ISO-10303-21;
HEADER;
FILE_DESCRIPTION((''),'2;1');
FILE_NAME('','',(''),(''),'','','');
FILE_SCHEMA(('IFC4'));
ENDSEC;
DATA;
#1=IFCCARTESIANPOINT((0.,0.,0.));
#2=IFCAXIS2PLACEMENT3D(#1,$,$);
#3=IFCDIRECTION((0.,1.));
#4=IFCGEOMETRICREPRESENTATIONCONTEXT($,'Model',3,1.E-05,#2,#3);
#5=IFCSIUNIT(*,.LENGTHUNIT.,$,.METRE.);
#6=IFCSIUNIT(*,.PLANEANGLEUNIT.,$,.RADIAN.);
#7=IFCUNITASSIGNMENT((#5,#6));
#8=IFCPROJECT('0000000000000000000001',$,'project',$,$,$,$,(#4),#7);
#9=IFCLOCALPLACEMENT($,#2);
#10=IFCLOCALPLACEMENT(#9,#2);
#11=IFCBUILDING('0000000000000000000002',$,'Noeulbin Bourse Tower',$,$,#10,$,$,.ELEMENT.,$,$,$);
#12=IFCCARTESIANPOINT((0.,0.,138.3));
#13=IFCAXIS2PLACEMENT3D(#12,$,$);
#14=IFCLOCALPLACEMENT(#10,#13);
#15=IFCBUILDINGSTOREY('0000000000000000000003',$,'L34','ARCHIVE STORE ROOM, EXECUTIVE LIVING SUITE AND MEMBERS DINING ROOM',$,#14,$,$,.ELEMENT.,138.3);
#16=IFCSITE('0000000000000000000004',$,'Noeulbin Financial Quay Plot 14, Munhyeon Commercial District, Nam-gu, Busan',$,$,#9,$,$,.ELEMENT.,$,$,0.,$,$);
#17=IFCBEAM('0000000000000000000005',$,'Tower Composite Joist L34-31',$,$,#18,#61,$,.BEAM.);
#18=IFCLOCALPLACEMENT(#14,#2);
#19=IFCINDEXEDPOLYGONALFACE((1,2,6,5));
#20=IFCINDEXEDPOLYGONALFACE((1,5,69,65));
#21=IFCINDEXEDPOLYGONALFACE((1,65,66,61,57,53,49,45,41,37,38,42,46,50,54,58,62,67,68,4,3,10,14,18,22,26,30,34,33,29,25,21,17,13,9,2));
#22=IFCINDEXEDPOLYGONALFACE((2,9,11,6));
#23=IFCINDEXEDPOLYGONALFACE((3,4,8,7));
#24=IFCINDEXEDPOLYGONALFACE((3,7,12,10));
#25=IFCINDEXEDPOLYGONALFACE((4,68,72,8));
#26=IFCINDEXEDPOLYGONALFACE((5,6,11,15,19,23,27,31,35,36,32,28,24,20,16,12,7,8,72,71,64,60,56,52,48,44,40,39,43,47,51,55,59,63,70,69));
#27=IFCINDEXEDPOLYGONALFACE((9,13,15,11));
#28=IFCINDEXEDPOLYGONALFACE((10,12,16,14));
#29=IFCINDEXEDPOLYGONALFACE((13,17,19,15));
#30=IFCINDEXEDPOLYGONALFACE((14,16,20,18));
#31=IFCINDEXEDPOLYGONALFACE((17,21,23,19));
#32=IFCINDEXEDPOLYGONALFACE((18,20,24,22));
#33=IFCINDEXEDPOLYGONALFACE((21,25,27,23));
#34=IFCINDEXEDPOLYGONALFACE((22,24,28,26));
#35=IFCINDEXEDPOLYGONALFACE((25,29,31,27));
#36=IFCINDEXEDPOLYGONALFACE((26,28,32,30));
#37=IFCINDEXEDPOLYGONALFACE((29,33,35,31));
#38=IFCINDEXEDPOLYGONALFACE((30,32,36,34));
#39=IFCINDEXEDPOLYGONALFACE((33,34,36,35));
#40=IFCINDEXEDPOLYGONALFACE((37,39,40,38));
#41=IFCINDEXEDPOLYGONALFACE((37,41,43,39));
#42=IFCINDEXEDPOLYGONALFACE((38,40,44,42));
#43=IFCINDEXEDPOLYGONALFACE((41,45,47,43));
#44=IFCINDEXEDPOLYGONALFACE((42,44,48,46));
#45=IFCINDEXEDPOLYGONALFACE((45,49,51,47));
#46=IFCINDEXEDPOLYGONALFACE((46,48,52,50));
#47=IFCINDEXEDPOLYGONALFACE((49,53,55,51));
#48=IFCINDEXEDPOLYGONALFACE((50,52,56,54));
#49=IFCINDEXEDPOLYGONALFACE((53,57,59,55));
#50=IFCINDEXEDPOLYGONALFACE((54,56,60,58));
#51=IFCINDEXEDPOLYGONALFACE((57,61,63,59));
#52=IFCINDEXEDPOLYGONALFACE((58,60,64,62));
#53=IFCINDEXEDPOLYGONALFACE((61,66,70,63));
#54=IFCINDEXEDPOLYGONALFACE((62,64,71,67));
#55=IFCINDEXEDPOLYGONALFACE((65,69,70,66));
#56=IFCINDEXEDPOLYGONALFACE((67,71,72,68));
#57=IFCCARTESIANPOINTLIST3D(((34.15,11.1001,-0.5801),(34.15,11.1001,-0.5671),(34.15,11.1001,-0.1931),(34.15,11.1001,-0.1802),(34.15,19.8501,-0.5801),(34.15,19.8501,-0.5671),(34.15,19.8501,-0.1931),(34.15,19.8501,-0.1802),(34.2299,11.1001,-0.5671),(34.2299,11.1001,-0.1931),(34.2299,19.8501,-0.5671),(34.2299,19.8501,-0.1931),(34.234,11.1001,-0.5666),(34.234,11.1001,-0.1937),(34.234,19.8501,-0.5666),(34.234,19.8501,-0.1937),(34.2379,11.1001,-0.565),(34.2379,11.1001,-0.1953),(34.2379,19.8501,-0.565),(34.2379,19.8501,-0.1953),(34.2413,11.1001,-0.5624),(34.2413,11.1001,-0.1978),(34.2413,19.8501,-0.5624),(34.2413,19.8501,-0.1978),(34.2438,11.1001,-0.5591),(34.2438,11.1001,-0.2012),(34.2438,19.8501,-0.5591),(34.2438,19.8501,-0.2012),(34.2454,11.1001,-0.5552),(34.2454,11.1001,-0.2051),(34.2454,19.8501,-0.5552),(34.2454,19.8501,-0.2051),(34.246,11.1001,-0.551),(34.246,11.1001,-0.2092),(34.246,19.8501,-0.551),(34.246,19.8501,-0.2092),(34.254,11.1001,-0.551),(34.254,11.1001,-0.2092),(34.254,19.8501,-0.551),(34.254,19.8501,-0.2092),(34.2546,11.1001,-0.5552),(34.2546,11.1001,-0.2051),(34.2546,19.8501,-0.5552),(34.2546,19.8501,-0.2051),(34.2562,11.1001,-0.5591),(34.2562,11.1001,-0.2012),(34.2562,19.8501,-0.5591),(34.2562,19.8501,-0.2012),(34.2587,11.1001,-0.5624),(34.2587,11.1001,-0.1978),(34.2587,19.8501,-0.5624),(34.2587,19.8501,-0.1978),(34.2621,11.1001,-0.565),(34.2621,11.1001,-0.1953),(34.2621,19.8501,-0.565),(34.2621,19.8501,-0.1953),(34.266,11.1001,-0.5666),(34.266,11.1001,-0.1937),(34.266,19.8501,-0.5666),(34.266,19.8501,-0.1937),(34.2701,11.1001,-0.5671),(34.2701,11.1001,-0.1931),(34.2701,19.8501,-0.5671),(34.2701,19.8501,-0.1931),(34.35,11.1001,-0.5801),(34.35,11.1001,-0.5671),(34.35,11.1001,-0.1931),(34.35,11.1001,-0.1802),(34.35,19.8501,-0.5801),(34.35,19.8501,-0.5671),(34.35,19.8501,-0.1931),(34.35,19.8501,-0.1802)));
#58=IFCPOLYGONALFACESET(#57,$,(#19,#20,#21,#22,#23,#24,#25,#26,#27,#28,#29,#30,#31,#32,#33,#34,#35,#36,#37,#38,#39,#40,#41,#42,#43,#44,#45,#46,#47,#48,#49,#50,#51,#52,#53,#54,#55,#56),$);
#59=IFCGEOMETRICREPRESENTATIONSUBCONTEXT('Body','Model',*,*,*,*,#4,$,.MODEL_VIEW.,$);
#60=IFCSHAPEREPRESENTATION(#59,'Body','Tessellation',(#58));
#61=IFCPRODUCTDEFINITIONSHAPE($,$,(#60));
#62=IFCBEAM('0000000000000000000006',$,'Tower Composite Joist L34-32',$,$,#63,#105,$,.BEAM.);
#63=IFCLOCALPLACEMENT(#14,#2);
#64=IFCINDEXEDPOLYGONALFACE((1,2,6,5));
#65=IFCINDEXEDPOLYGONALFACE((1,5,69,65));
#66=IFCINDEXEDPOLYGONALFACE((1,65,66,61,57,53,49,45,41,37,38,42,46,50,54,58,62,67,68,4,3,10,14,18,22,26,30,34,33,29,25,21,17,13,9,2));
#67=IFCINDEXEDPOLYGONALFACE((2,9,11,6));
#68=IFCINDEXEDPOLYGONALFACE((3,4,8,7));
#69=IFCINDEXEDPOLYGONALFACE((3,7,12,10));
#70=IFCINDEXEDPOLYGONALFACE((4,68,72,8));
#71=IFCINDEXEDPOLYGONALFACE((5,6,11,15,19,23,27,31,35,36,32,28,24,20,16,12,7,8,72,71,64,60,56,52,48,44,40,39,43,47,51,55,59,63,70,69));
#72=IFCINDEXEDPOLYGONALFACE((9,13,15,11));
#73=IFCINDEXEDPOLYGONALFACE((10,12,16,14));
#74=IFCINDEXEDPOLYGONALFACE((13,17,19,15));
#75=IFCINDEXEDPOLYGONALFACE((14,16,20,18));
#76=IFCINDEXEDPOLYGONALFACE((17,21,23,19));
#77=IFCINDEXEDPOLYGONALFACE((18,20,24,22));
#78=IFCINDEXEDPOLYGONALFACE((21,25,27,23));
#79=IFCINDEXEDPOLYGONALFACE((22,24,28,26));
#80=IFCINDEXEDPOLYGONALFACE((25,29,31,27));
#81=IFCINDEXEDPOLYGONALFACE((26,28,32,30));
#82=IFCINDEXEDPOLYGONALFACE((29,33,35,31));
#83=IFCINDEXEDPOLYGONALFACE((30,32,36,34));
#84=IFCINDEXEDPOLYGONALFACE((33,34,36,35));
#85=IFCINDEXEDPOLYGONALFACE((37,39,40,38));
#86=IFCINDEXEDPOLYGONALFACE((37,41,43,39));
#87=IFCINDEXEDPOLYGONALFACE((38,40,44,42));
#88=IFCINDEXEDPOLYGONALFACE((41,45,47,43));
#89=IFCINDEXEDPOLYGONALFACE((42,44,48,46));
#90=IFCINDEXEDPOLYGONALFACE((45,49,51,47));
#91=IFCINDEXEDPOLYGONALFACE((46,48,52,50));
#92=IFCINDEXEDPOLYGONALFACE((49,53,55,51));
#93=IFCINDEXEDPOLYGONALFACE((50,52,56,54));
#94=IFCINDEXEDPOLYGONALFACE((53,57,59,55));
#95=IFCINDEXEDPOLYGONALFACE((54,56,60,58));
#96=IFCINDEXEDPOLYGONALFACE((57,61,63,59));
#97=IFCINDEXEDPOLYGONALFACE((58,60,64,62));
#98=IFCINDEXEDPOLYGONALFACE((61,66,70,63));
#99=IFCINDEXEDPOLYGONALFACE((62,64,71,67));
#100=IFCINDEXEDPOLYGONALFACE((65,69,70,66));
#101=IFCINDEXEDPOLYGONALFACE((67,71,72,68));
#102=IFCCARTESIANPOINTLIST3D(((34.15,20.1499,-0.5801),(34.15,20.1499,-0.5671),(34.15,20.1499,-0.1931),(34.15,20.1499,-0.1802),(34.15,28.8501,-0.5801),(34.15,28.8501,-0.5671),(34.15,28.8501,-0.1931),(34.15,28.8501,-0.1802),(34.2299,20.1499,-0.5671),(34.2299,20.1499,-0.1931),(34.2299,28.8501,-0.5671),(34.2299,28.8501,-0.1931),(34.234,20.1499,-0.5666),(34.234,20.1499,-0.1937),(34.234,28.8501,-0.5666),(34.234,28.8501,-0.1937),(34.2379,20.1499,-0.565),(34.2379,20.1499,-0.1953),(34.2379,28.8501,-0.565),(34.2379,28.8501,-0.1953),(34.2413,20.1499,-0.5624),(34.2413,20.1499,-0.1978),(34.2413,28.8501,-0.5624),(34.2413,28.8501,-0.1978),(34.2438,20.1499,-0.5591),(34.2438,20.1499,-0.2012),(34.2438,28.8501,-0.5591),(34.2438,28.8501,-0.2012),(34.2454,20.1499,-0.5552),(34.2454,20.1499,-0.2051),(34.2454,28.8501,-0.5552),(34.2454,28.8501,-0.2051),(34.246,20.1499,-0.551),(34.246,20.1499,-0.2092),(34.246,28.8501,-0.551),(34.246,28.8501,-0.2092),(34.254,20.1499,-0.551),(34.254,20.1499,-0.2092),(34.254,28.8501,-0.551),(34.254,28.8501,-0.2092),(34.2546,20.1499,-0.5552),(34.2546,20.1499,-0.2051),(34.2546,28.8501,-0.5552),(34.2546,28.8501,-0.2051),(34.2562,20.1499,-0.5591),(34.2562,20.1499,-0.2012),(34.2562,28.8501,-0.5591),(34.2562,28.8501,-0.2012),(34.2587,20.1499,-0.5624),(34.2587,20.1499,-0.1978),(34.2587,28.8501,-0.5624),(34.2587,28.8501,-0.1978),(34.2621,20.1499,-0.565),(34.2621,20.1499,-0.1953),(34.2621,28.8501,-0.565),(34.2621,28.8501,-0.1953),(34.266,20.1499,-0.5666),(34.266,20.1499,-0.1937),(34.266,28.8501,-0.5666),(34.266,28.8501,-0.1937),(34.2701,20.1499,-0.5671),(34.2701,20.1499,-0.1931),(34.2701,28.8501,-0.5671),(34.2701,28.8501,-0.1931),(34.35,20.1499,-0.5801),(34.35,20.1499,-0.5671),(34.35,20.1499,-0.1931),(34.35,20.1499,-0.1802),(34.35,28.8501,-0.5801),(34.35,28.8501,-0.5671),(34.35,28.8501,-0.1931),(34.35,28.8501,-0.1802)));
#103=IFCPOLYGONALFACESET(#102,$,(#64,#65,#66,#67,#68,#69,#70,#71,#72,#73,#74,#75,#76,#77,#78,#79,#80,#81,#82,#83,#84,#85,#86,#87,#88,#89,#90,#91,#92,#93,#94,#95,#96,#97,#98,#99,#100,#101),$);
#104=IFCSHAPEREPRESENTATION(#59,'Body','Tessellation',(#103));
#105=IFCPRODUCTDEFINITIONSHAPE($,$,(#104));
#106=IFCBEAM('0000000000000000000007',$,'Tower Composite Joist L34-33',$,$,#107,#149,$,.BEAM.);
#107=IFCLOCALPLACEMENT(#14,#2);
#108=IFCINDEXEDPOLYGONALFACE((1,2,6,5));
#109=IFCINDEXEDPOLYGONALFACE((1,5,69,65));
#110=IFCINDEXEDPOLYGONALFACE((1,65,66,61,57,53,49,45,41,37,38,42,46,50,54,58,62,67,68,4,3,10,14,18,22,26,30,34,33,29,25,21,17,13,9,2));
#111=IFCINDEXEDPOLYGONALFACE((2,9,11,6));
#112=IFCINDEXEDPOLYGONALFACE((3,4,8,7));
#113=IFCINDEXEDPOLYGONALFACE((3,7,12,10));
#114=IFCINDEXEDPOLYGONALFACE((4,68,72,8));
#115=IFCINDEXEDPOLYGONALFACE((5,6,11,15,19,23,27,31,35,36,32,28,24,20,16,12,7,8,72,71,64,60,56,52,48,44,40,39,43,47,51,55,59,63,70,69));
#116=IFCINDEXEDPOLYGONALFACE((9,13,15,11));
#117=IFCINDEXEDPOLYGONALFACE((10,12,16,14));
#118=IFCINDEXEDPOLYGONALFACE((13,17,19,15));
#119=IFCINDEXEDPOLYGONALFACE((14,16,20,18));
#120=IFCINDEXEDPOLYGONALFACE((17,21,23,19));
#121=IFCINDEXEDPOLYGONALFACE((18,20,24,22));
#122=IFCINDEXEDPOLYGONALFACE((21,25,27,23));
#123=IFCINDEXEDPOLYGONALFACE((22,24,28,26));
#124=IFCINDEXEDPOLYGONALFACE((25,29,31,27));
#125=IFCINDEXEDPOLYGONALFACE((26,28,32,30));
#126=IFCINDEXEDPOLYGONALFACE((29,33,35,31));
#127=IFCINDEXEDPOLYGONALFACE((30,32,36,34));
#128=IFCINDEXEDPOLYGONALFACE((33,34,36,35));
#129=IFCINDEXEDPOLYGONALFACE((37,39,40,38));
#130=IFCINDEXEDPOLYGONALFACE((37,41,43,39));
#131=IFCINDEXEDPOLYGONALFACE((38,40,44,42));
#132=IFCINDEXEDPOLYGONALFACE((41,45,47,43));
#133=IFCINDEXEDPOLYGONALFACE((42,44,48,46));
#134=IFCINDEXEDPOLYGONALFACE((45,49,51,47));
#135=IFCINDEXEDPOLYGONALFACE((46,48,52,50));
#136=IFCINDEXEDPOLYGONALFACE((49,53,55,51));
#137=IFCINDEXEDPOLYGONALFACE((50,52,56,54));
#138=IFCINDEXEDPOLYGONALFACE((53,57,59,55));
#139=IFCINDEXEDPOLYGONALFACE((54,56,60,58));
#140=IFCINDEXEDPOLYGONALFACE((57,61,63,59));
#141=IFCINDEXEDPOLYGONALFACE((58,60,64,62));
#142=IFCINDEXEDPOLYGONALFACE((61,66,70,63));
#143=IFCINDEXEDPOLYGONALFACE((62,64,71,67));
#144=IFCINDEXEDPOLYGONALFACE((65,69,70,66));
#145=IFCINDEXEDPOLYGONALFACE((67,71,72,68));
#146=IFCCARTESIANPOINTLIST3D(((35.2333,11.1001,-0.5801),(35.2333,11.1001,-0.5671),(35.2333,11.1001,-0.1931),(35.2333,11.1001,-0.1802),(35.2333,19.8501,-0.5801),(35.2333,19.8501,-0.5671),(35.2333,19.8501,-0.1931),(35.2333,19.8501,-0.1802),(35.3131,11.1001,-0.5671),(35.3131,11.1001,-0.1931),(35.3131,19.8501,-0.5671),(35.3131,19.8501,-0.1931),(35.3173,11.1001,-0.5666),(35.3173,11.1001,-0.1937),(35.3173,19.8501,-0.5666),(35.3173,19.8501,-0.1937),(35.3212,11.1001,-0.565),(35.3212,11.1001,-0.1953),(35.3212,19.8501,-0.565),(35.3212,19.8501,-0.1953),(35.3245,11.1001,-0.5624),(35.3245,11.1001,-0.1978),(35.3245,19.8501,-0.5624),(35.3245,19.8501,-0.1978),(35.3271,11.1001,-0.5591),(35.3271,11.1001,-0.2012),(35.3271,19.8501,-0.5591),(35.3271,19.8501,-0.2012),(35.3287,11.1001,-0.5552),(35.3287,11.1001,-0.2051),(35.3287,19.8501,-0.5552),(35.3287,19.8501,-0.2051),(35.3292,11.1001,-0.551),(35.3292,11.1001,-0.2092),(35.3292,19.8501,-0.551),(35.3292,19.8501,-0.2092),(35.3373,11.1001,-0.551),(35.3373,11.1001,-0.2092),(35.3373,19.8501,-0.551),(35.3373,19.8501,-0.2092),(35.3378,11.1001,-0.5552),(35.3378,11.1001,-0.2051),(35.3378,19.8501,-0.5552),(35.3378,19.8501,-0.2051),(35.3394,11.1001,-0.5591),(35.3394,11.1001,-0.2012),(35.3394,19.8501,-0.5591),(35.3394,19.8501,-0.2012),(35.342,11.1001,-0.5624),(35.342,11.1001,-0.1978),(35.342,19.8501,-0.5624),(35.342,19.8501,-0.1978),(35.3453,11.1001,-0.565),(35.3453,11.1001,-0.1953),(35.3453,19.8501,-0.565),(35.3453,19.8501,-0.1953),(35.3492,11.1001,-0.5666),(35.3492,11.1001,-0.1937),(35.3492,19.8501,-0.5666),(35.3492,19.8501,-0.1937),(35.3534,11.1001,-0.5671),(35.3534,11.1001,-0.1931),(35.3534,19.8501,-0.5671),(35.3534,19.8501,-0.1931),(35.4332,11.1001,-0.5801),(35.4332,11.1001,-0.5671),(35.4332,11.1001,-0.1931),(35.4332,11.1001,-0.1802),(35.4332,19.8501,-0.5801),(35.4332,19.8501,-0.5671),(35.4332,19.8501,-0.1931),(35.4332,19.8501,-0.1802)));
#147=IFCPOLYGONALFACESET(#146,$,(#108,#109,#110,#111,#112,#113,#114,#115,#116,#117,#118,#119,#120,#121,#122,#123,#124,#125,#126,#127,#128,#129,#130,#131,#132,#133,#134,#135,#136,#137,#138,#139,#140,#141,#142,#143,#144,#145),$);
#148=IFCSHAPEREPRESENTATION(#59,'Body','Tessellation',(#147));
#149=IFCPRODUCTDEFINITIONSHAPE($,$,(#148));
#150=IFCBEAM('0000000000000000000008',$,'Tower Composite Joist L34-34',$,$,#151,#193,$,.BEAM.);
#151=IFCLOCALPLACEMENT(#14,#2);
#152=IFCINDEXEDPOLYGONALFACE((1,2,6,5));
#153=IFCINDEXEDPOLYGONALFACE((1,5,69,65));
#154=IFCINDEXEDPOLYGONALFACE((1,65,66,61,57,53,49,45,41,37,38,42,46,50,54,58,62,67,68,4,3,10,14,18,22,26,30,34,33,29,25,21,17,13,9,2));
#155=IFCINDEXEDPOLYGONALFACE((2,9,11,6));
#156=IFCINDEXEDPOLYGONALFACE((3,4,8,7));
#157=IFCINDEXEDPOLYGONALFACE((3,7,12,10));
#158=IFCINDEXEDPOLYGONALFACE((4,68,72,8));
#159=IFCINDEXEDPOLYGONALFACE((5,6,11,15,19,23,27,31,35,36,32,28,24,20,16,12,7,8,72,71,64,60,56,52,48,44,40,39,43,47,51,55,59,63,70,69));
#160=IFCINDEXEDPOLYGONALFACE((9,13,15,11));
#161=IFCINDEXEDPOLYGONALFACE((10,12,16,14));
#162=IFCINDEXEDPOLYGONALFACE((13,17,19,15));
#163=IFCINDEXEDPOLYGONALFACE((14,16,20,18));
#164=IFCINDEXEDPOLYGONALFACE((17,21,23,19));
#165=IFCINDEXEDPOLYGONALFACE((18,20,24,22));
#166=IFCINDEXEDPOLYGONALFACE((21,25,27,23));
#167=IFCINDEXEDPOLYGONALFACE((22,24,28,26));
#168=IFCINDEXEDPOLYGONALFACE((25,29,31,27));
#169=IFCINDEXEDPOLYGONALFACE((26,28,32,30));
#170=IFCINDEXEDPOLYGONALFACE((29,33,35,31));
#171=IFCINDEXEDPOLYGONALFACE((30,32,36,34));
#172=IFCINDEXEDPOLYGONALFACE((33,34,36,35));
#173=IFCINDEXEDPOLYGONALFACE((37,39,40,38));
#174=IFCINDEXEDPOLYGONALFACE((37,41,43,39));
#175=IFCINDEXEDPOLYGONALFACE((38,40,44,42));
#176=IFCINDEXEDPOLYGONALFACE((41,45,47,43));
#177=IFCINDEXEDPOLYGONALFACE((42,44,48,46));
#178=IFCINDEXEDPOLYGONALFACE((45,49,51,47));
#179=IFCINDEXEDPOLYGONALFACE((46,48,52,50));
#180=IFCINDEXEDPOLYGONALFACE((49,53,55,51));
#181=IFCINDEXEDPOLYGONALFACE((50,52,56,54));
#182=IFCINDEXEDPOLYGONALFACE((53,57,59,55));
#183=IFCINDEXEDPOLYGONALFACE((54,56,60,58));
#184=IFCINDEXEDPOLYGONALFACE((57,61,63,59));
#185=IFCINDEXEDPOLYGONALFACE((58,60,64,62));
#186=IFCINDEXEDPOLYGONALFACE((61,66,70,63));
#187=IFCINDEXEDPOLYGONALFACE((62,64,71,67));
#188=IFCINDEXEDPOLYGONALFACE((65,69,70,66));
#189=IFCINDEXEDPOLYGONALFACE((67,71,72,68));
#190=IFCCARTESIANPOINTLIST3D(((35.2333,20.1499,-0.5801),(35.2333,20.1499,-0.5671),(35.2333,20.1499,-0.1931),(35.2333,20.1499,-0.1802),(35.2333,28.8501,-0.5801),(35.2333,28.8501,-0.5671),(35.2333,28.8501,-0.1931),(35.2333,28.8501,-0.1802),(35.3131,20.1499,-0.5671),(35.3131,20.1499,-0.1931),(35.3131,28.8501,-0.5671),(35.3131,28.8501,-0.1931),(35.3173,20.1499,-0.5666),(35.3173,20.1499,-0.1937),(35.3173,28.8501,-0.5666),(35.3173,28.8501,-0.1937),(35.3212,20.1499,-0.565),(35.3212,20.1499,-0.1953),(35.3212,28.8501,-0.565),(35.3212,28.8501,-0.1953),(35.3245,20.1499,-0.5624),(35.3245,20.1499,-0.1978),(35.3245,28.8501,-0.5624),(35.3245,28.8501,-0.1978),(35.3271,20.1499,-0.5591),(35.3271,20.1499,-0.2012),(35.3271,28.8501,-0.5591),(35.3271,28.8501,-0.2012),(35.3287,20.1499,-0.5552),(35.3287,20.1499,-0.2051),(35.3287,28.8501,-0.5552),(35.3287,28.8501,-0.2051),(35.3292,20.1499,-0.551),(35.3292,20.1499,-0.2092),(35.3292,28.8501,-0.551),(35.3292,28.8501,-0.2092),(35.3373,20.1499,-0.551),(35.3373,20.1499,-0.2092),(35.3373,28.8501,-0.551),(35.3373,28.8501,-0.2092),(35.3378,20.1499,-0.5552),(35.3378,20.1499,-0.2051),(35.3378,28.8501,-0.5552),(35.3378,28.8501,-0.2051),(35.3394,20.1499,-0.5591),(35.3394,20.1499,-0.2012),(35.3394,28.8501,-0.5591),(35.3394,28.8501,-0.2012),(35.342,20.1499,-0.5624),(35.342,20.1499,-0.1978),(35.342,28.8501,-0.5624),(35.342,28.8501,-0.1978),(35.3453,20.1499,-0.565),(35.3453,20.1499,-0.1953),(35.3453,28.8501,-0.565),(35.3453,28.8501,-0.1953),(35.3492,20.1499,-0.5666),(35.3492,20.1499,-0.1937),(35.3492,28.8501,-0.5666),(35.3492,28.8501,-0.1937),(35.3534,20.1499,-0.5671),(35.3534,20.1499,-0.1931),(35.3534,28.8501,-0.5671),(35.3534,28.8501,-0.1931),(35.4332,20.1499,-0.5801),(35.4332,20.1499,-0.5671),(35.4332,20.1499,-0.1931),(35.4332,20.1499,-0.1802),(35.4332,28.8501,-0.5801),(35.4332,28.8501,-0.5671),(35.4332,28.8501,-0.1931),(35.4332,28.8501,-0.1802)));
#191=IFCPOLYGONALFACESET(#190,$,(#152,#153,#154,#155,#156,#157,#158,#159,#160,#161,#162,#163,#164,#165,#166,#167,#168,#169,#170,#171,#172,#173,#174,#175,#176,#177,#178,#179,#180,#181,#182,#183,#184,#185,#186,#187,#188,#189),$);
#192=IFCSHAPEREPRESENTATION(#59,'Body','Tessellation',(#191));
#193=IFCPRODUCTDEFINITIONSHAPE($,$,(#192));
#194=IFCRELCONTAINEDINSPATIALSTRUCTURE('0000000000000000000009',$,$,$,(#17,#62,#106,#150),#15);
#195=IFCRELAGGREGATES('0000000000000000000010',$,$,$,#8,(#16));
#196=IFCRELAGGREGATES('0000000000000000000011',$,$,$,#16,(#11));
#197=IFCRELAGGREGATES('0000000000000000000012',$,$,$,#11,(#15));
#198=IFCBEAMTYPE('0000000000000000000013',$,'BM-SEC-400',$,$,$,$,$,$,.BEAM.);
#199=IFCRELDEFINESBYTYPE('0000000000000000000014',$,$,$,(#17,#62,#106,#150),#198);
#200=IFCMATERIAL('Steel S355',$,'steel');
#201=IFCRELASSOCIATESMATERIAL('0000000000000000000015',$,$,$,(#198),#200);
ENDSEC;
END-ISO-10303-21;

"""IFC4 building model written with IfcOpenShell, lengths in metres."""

from ifc_helpers import new_model, si_unit, direction, frame, origin, origin_2d, place, context, subcontext, project, spatial, i_section, extrude, material, material_profile, profile_set, type_object, element, save


model = new_model("IFC4")

# Units and contexts
model_context = context("Model", 3, precision=1e-05, world=origin(), true_north=direction((0.0, 1.0)))
body_context = subcontext(model_context, "Body", "Model", "MODEL_VIEW")
ifc_project = project(units=[si_unit("LENGTHUNIT", "METRE"), si_unit("PLANEANGLEUNIT", "RADIAN")], contexts=[model_context])

# Site, building, storey
site_placement = place(None, origin())
site = spatial("IfcSite", under=ifc_project, at=site_placement, Name="Noeulbin Financial Quay Plot 14, Munhyeon Commercial District, Nam-gu, Busan", CompositionType="ELEMENT", RefElevation=0.0)
building_placement = place(site_placement, origin())
building = spatial("IfcBuilding", under=site, at=building_placement, Name="Noeulbin Bourse Tower", CompositionType="ELEMENT")
storey_placement = place(building_placement, frame((0.0, 0.0, 138.3)))
storey = spatial("IfcBuildingStorey", under=building, at=storey_placement, Name="L34", Description="ARCHIVE STORE ROOM, EXECUTIVE LIVING SUITE AND MEMBERS DINING ROOM", CompositionType="ELEMENT", Elevation=138.3)

# Shared definitions
ifc_material_1 = material(Name="Steel S355", Category="steel")

# Beams
ifc_material_profile_1 = material_profile(ifc_material_1, i_section(OverallWidth=0.2, OverallDepth=0.3999, WebThickness=0.0081, FlangeThickness=0.0129, FilletRadius=0.0161, at=origin_2d()), Name="H-400x200x8x13", Category="LoadBearing")
ifc_profile_set_1 = profile_set([ifc_material_profile_1], Name="Steel S355")
beam_type_1 = type_object("IfcBeamType", Name="BM-SEC-400", PredefinedType="BEAM", material=ifc_profile_set_1)
beam_1_placement = place(storey_placement, frame((34.25, 11.1001, -0.3801), z_axis=(0.0, 1.0, 0.0), x_axis=(-1.0, 0.0, 0.0)))
element("IfcBeam", 1, at=beam_1_placement, inside=storey, type_object=beam_type_1, Name="Tower Composite Joist L34-31", PredefinedType="BEAM", context=body_context, shape_type="SweptSolid", body=[
    extrude(i_section(OverallWidth=0.2, OverallDepth=0.3999, WebThickness=0.0081, FlangeThickness=0.0129, FilletRadius=0.0161, at=origin_2d()), origin(), (0.0, 0.0, 1.0), 8.75),
])
beam_2_placement = place(storey_placement, frame((34.25, 20.1499, -0.3801), z_axis=(0.0, 1.0, 0.0), x_axis=(-1.0, 0.0, 0.0)))
element("IfcBeam", 2, at=beam_2_placement, inside=storey, type_object=beam_type_1, Name="Tower Composite Joist L34-32", PredefinedType="BEAM", context=body_context, shape_type="SweptSolid", body=[
    extrude(i_section(OverallWidth=0.2, OverallDepth=0.3999, WebThickness=0.0081, FlangeThickness=0.0129, FilletRadius=0.0161, at=origin_2d()), origin(), (0.0, 0.0, 1.0), 8.7002),
])
beam_3_placement = place(storey_placement, frame((35.3333, 11.1001, -0.3801), z_axis=(0.0, 1.0, 0.0), x_axis=(-1.0, 0.0, 0.0)))
element("IfcBeam", 3, at=beam_3_placement, inside=storey, type_object=beam_type_1, Name="Tower Composite Joist L34-33", PredefinedType="BEAM", context=body_context, shape_type="SweptSolid", body=[
    extrude(i_section(OverallWidth=0.2, OverallDepth=0.3999, WebThickness=0.0081, FlangeThickness=0.0129, FilletRadius=0.0161, at=origin_2d()), origin(), (0.0, 0.0, 1.0), 8.75),
])
beam_4_placement = place(storey_placement, frame((35.3333, 20.1499, -0.3801), z_axis=(0.0, 1.0, 0.0), x_axis=(-1.0, 0.0, 0.0)))
element("IfcBeam", 4, at=beam_4_placement, inside=storey, type_object=beam_type_1, Name="Tower Composite Joist L34-34", PredefinedType="BEAM", context=body_context, shape_type="SweptSolid", body=[
    extrude(i_section(OverallWidth=0.2, OverallDepth=0.3999, WebThickness=0.0081, FlangeThickness=0.0129, FilletRadius=0.0161, at=origin_2d()), origin(), (0.0, 0.0, 1.0), 8.7002),
])

save(model, "model.ifc")
